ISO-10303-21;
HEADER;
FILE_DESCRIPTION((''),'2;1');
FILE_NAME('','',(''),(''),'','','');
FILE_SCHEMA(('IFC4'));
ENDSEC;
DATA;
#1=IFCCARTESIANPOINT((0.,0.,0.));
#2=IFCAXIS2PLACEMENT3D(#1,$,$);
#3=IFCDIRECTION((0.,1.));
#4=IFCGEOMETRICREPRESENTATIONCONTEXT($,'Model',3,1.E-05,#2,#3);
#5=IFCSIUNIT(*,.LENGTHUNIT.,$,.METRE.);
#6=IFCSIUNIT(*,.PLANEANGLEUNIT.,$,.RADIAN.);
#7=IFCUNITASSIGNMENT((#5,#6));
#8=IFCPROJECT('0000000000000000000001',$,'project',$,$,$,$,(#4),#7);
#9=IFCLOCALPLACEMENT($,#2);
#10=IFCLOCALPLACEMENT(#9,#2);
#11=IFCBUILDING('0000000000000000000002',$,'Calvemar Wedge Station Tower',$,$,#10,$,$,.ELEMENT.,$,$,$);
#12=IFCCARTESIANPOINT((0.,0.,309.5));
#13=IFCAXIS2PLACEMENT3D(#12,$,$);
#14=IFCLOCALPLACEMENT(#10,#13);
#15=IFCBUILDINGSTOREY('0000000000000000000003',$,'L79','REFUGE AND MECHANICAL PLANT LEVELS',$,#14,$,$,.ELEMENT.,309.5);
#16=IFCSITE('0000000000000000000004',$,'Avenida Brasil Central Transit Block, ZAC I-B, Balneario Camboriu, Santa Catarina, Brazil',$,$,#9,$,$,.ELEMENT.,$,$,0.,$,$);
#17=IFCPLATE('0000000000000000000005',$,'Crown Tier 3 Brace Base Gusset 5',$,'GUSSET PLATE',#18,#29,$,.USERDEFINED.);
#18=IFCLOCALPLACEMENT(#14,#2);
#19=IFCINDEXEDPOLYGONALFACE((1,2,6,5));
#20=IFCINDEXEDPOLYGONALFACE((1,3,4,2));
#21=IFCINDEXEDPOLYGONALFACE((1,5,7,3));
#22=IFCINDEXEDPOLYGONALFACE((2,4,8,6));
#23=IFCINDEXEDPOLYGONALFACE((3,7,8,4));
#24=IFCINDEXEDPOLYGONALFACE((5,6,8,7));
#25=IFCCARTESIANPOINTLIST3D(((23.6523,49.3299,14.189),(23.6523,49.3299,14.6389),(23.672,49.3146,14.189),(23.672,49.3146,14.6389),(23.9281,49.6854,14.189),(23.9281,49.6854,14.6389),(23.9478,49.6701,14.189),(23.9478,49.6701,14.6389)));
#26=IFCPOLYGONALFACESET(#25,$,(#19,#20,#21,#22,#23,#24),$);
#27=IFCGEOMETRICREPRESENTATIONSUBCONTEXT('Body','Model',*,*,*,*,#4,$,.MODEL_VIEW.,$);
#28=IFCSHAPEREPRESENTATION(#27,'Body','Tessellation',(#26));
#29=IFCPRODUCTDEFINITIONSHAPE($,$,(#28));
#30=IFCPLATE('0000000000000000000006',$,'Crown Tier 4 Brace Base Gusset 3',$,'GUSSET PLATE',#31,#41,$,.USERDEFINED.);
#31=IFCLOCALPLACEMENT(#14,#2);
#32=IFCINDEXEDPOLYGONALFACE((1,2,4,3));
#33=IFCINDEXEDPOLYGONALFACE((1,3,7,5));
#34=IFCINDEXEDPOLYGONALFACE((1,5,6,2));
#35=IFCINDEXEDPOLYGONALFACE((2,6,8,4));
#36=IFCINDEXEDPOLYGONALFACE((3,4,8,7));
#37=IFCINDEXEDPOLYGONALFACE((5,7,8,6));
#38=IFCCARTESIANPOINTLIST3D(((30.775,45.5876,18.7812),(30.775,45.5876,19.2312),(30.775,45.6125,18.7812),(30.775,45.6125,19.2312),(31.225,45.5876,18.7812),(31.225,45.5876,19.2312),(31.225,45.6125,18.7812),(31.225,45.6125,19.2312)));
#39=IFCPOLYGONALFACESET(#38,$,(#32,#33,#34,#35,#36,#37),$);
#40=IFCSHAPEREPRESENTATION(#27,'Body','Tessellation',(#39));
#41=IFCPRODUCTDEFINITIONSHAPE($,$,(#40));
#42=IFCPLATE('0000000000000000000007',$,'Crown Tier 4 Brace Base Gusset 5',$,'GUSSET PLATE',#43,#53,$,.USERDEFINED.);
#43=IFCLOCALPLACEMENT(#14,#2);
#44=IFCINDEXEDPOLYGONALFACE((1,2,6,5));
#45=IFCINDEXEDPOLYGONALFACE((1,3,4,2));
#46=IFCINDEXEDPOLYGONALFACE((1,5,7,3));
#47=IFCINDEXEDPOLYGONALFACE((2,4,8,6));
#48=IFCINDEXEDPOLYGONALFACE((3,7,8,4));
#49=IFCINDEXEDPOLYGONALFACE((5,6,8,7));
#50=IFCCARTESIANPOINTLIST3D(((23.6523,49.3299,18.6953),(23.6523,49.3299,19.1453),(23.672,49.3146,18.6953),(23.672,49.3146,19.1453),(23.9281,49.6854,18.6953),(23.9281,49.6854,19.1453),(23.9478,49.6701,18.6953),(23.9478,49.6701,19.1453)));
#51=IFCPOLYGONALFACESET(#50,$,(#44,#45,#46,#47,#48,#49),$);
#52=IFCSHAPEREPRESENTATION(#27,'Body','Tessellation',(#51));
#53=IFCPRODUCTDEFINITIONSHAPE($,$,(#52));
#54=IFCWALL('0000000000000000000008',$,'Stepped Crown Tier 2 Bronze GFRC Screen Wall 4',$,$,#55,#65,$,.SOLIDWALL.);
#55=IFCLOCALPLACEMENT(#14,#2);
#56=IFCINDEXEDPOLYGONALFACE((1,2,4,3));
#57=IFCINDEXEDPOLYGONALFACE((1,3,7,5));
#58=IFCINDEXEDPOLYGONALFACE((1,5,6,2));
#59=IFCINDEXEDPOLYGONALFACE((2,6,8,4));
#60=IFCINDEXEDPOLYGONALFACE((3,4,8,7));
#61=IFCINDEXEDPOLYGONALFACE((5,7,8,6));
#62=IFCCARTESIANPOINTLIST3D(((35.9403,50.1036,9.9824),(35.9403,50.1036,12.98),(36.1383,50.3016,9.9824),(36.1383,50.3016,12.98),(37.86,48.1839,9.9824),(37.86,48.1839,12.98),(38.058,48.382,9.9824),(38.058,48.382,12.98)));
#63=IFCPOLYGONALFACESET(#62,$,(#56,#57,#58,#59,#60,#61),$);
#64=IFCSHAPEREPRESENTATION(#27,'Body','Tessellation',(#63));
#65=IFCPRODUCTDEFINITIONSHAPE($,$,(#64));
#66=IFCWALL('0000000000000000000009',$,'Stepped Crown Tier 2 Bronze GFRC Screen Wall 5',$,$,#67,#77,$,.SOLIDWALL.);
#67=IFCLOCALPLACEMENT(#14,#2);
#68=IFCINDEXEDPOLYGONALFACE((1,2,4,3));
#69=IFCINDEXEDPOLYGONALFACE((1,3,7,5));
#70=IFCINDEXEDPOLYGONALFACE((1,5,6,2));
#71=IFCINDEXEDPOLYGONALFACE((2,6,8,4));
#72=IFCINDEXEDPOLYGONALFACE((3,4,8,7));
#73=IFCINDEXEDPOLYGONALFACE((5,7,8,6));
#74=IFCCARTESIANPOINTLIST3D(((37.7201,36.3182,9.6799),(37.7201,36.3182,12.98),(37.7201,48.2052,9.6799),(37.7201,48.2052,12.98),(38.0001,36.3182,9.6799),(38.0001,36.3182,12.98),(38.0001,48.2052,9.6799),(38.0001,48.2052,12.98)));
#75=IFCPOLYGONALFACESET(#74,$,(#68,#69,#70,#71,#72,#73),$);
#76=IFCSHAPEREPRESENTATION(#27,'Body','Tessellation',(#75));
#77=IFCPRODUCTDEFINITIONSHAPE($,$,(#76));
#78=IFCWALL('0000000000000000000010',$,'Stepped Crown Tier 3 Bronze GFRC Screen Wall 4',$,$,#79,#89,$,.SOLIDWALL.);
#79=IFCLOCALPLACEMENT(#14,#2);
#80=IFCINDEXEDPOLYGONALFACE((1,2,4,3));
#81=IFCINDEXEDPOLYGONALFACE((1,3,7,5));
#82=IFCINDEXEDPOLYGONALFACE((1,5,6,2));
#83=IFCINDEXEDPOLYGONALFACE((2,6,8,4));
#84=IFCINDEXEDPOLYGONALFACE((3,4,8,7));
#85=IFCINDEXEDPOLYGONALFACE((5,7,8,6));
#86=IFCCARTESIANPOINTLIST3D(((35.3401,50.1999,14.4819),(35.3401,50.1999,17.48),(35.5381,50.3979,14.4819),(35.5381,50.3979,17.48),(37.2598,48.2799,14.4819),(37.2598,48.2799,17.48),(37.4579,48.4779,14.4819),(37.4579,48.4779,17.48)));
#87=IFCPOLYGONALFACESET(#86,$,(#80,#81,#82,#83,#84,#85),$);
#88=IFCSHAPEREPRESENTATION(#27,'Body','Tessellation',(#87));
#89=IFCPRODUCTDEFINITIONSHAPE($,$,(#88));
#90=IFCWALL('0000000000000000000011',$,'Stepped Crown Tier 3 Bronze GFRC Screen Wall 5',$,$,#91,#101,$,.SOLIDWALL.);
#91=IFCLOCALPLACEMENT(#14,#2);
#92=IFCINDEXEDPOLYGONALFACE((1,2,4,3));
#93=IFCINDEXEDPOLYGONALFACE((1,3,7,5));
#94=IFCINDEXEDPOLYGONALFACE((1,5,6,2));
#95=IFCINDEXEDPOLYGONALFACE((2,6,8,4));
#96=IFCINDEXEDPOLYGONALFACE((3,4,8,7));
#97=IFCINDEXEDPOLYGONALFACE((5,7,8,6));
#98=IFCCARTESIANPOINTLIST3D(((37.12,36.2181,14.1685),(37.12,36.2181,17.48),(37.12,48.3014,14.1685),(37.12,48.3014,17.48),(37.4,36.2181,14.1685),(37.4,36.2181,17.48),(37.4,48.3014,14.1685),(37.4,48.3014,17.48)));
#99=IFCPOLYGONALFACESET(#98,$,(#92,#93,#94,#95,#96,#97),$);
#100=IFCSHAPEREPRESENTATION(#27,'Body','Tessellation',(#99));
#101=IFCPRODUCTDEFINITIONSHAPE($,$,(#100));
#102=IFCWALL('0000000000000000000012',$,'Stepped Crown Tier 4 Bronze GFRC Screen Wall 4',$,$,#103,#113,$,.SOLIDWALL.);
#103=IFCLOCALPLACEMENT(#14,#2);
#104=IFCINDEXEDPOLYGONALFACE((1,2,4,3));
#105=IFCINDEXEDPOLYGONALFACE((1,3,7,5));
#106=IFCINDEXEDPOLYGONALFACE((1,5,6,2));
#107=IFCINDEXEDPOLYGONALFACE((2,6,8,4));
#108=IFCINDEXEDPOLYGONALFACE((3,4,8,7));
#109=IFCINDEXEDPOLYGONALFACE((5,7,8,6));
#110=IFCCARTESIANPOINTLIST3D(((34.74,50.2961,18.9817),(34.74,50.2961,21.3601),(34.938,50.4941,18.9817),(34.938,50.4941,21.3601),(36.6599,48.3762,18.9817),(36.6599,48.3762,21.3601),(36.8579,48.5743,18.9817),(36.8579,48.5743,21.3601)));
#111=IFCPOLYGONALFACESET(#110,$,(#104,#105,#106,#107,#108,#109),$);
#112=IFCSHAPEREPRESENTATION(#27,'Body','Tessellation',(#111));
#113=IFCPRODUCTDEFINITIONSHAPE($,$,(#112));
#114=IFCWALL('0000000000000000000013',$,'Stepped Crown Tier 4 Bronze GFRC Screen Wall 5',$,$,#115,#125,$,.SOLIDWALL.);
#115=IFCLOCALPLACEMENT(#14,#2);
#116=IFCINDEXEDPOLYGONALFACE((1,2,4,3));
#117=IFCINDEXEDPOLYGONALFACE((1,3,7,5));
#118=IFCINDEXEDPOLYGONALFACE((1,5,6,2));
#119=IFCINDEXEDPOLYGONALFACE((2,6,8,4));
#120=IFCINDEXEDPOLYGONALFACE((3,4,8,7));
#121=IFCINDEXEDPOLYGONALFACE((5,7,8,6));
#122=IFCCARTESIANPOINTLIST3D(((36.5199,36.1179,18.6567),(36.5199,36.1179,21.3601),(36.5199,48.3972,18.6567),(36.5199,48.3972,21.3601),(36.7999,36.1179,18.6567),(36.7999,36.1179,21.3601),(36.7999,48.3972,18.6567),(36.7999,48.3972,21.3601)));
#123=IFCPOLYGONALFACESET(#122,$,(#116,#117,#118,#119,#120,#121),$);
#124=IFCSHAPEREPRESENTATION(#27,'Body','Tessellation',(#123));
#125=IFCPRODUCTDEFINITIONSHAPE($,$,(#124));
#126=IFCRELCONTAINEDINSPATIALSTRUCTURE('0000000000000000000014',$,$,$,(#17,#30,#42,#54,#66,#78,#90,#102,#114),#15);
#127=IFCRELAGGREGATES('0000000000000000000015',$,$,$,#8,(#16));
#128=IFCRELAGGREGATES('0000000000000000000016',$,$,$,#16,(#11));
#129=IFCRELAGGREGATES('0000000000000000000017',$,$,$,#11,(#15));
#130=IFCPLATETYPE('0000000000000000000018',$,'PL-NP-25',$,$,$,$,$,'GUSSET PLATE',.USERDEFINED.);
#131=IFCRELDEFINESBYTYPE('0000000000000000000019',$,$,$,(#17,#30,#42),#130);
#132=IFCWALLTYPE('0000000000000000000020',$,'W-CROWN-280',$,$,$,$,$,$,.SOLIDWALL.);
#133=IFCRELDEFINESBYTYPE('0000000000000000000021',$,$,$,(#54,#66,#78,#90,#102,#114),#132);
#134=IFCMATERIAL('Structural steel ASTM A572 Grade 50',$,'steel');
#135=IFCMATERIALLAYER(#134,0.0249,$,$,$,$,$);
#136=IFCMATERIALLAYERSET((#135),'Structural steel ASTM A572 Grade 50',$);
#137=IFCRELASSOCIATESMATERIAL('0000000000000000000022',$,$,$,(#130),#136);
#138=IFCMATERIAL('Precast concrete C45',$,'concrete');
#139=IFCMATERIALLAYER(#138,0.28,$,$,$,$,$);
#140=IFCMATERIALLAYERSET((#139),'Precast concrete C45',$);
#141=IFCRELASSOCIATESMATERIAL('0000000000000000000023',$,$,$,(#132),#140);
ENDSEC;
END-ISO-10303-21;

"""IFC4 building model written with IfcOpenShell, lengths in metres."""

from ifc_helpers import new_model, si_unit, direction, frame, frame_2d, origin, origin_2d, place, context, subcontext, project, spatial, rectangle, extrude, source, transform, mapped, material, layer, layer_set, type_object, element, save


model = new_model("IFC4")

# Units and contexts
model_context = context("Model", 3, precision=1e-05, world=origin(), true_north=direction((0.0, 1.0)))
body_context = subcontext(model_context, "Body", "Model", "MODEL_VIEW")
ifc_project = project(units=[si_unit("LENGTHUNIT", "METRE"), si_unit("PLANEANGLEUNIT", "RADIAN")], contexts=[model_context])

# Site, building, storey
site_placement = place(None, origin())
site = spatial("IfcSite", under=ifc_project, at=site_placement, Name="Avenida Brasil Central Transit Block, ZAC I-B, Balneario Camboriu, Santa Catarina, Brazil", CompositionType="ELEMENT", RefElevation=0.0)
building_placement = place(site_placement, origin())
building = spatial("IfcBuilding", under=site, at=building_placement, Name="Calvemar Wedge Station Tower", CompositionType="ELEMENT")
storey_placement = place(building_placement, frame((0.0, 0.0, 309.5)))
storey = spatial("IfcBuildingStorey", under=building, at=storey_placement, Name="L79", Description="REFUGE AND MECHANICAL PLANT LEVELS", CompositionType="ELEMENT", Elevation=309.5)

# Shared definitions
ifc_material_1 = material(Name="Structural steel ASTM A572 Grade 50", Category="steel")

# Plates
ifc_layer_1 = layer(ifc_material_1, 0.0249)
ifc_layer_set_1 = layer_set([ifc_layer_1], Name="Structural steel ASTM A572 Grade 50")
plate_type = type_object("IfcPlateType", Name="PL-NP-25", ElementType="GUSSET PLATE", PredefinedType="USERDEFINED", material=ifc_layer_set_1)
shared_shape_1 = source(origin(), body_context, "Body", "SweptSolid", [
    extrude(rectangle(XDim=0.45, YDim=0.0249, at=origin_2d()), origin(), (0.0, 0.0, 1.0), 0.45),
])
for number, where, z_axis, x_axis, name in (
    (1, (23.8, 49.5, 14.189), (0.0, 0.0, 1.0), (-0.612907, -0.790155, 0.0), "Crown Tier 3 Brace Base Gusset 5"),
    (2, (31.0, 45.6001, 18.7812), (0.0, 0.0, 1.0), (-1.0, 0.0, 0.0), "Crown Tier 4 Brace Base Gusset 3"),
    (3, (23.8, 49.5, 18.6953), (0.0, 0.0, 1.0), (-0.612907, -0.790155, 0.0), "Crown Tier 4 Brace Base Gusset 5"),
):
    element("IfcPlate", number, at=place(storey_placement, frame(where, z_axis=z_axis, x_axis=x_axis)), inside=storey, type_object=plate_type, Name=name, ObjectType="GUSSET PLATE", PredefinedType="USERDEFINED", context=body_context, shape_type="MappedRepresentation", body=[
        mapped(shared_shape_1, transform((0.0, 0.0, 0.0), scale=1.0)),
    ])

# Walls
ifc_material_2 = material(Name="Precast concrete C45", Category="concrete")
ifc_layer_2 = layer(ifc_material_2, 0.28)
ifc_layer_set_2 = layer_set([ifc_layer_2], Name="Precast concrete C45")
wall_type = type_object("IfcWallType", Name="W-CROWN-280", PredefinedType="SOLIDWALL", material=ifc_layer_set_2)
wall_1_placement = place(storey_placement, frame((36.0393, 50.2026, 9.9824), z_axis=(0.0, 0.0, 1.0), x_axis=(0.707107, -0.707107, 0.0)))
element("IfcWall", 4, at=wall_1_placement, inside=storey, type_object=wall_type, Name="Stepped Crown Tier 2 Bronze GFRC Screen Wall 4", PredefinedType="SOLIDWALL", context=body_context, shape_type="SweptSolid", body=[
    extrude(rectangle(XDim=2.7148, YDim=0.28, at=frame_2d((1.3574, 0.0))), origin(), (0.0, 0.0, 1.0), 2.9976),
])
wall_2_placement = place(storey_placement, frame((37.8601, 48.2051, 9.6799), z_axis=(0.0, 0.0, 1.0), x_axis=(0.0, -1.0, 0.0)))
element("IfcWall", 5, at=wall_2_placement, inside=storey, type_object=wall_type, Name="Stepped Crown Tier 2 Bronze GFRC Screen Wall 5", PredefinedType="SOLIDWALL", context=body_context, shape_type="SweptSolid", body=[
    extrude(rectangle(XDim=11.887, YDim=0.28, at=frame_2d((5.9434, 0.0))), origin(), (0.0, 0.0, 1.0), 3.3),
])
wall_3_placement = place(storey_placement, frame((35.4392, 50.2988, 14.4819), z_axis=(0.0, 0.0, 1.0), x_axis=(0.707062, -0.707152, 0.0)))
element("IfcWall", 6, at=wall_3_placement, inside=storey, type_object=wall_type, Name="Stepped Crown Tier 3 Bronze GFRC Screen Wall 4", PredefinedType="SOLIDWALL", context=body_context, shape_type="SweptSolid", body=[
    extrude(rectangle(XDim=2.7151, YDim=0.28, at=frame_2d((1.3574, 0.0))), origin(), (0.0, 0.0, 1.0), 2.998),
])
wall_4_placement = place(storey_placement, frame((37.26, 48.3013, 14.1685), z_axis=(0.0, 0.0, 1.0), x_axis=(0.0, -1.0, 0.0)))
element("IfcWall", 7, at=wall_4_placement, inside=storey, type_object=wall_type, Name="Stepped Crown Tier 3 Bronze GFRC Screen Wall 5", PredefinedType="SOLIDWALL", context=body_context, shape_type="SweptSolid", body=[
    extrude(rectangle(XDim=12.0833, YDim=0.28, at=frame_2d((6.0415, 0.0))), origin(), (0.0, 0.0, 1.0), 3.3115),
])
wall_5_placement = place(storey_placement, frame((34.8391, 50.395, 18.9817), z_axis=(0.0, 0.0, 1.0), x_axis=(0.707107, -0.707107, 0.0)))
element("IfcWall", 8, at=wall_5_placement, inside=storey, type_object=wall_type, Name="Stepped Crown Tier 4 Bronze GFRC Screen Wall 4", PredefinedType="SOLIDWALL", context=body_context, shape_type="SweptSolid", body=[
    extrude(rectangle(XDim=2.7151, YDim=0.28, at=frame_2d((1.3574, 0.0))), origin(), (0.0, 0.0, 1.0), 2.3784),
])
wall_6_placement = place(storey_placement, frame((36.6599, 48.3972, 18.6567), z_axis=(0.0, 0.0, 1.0), x_axis=(0.0, -1.0, 0.0)))
element("IfcWall", 9, at=wall_6_placement, inside=storey, type_object=wall_type, Name="Stepped Crown Tier 4 Bronze GFRC Screen Wall 5", PredefinedType="SOLIDWALL", context=body_context, shape_type="SweptSolid", body=[
    extrude(rectangle(XDim=12.2793, YDim=0.28, at=frame_2d((6.1396, 0.0))), origin(), (0.0, 0.0, 1.0), 2.7034),
])

save(model, "model.ifc")
